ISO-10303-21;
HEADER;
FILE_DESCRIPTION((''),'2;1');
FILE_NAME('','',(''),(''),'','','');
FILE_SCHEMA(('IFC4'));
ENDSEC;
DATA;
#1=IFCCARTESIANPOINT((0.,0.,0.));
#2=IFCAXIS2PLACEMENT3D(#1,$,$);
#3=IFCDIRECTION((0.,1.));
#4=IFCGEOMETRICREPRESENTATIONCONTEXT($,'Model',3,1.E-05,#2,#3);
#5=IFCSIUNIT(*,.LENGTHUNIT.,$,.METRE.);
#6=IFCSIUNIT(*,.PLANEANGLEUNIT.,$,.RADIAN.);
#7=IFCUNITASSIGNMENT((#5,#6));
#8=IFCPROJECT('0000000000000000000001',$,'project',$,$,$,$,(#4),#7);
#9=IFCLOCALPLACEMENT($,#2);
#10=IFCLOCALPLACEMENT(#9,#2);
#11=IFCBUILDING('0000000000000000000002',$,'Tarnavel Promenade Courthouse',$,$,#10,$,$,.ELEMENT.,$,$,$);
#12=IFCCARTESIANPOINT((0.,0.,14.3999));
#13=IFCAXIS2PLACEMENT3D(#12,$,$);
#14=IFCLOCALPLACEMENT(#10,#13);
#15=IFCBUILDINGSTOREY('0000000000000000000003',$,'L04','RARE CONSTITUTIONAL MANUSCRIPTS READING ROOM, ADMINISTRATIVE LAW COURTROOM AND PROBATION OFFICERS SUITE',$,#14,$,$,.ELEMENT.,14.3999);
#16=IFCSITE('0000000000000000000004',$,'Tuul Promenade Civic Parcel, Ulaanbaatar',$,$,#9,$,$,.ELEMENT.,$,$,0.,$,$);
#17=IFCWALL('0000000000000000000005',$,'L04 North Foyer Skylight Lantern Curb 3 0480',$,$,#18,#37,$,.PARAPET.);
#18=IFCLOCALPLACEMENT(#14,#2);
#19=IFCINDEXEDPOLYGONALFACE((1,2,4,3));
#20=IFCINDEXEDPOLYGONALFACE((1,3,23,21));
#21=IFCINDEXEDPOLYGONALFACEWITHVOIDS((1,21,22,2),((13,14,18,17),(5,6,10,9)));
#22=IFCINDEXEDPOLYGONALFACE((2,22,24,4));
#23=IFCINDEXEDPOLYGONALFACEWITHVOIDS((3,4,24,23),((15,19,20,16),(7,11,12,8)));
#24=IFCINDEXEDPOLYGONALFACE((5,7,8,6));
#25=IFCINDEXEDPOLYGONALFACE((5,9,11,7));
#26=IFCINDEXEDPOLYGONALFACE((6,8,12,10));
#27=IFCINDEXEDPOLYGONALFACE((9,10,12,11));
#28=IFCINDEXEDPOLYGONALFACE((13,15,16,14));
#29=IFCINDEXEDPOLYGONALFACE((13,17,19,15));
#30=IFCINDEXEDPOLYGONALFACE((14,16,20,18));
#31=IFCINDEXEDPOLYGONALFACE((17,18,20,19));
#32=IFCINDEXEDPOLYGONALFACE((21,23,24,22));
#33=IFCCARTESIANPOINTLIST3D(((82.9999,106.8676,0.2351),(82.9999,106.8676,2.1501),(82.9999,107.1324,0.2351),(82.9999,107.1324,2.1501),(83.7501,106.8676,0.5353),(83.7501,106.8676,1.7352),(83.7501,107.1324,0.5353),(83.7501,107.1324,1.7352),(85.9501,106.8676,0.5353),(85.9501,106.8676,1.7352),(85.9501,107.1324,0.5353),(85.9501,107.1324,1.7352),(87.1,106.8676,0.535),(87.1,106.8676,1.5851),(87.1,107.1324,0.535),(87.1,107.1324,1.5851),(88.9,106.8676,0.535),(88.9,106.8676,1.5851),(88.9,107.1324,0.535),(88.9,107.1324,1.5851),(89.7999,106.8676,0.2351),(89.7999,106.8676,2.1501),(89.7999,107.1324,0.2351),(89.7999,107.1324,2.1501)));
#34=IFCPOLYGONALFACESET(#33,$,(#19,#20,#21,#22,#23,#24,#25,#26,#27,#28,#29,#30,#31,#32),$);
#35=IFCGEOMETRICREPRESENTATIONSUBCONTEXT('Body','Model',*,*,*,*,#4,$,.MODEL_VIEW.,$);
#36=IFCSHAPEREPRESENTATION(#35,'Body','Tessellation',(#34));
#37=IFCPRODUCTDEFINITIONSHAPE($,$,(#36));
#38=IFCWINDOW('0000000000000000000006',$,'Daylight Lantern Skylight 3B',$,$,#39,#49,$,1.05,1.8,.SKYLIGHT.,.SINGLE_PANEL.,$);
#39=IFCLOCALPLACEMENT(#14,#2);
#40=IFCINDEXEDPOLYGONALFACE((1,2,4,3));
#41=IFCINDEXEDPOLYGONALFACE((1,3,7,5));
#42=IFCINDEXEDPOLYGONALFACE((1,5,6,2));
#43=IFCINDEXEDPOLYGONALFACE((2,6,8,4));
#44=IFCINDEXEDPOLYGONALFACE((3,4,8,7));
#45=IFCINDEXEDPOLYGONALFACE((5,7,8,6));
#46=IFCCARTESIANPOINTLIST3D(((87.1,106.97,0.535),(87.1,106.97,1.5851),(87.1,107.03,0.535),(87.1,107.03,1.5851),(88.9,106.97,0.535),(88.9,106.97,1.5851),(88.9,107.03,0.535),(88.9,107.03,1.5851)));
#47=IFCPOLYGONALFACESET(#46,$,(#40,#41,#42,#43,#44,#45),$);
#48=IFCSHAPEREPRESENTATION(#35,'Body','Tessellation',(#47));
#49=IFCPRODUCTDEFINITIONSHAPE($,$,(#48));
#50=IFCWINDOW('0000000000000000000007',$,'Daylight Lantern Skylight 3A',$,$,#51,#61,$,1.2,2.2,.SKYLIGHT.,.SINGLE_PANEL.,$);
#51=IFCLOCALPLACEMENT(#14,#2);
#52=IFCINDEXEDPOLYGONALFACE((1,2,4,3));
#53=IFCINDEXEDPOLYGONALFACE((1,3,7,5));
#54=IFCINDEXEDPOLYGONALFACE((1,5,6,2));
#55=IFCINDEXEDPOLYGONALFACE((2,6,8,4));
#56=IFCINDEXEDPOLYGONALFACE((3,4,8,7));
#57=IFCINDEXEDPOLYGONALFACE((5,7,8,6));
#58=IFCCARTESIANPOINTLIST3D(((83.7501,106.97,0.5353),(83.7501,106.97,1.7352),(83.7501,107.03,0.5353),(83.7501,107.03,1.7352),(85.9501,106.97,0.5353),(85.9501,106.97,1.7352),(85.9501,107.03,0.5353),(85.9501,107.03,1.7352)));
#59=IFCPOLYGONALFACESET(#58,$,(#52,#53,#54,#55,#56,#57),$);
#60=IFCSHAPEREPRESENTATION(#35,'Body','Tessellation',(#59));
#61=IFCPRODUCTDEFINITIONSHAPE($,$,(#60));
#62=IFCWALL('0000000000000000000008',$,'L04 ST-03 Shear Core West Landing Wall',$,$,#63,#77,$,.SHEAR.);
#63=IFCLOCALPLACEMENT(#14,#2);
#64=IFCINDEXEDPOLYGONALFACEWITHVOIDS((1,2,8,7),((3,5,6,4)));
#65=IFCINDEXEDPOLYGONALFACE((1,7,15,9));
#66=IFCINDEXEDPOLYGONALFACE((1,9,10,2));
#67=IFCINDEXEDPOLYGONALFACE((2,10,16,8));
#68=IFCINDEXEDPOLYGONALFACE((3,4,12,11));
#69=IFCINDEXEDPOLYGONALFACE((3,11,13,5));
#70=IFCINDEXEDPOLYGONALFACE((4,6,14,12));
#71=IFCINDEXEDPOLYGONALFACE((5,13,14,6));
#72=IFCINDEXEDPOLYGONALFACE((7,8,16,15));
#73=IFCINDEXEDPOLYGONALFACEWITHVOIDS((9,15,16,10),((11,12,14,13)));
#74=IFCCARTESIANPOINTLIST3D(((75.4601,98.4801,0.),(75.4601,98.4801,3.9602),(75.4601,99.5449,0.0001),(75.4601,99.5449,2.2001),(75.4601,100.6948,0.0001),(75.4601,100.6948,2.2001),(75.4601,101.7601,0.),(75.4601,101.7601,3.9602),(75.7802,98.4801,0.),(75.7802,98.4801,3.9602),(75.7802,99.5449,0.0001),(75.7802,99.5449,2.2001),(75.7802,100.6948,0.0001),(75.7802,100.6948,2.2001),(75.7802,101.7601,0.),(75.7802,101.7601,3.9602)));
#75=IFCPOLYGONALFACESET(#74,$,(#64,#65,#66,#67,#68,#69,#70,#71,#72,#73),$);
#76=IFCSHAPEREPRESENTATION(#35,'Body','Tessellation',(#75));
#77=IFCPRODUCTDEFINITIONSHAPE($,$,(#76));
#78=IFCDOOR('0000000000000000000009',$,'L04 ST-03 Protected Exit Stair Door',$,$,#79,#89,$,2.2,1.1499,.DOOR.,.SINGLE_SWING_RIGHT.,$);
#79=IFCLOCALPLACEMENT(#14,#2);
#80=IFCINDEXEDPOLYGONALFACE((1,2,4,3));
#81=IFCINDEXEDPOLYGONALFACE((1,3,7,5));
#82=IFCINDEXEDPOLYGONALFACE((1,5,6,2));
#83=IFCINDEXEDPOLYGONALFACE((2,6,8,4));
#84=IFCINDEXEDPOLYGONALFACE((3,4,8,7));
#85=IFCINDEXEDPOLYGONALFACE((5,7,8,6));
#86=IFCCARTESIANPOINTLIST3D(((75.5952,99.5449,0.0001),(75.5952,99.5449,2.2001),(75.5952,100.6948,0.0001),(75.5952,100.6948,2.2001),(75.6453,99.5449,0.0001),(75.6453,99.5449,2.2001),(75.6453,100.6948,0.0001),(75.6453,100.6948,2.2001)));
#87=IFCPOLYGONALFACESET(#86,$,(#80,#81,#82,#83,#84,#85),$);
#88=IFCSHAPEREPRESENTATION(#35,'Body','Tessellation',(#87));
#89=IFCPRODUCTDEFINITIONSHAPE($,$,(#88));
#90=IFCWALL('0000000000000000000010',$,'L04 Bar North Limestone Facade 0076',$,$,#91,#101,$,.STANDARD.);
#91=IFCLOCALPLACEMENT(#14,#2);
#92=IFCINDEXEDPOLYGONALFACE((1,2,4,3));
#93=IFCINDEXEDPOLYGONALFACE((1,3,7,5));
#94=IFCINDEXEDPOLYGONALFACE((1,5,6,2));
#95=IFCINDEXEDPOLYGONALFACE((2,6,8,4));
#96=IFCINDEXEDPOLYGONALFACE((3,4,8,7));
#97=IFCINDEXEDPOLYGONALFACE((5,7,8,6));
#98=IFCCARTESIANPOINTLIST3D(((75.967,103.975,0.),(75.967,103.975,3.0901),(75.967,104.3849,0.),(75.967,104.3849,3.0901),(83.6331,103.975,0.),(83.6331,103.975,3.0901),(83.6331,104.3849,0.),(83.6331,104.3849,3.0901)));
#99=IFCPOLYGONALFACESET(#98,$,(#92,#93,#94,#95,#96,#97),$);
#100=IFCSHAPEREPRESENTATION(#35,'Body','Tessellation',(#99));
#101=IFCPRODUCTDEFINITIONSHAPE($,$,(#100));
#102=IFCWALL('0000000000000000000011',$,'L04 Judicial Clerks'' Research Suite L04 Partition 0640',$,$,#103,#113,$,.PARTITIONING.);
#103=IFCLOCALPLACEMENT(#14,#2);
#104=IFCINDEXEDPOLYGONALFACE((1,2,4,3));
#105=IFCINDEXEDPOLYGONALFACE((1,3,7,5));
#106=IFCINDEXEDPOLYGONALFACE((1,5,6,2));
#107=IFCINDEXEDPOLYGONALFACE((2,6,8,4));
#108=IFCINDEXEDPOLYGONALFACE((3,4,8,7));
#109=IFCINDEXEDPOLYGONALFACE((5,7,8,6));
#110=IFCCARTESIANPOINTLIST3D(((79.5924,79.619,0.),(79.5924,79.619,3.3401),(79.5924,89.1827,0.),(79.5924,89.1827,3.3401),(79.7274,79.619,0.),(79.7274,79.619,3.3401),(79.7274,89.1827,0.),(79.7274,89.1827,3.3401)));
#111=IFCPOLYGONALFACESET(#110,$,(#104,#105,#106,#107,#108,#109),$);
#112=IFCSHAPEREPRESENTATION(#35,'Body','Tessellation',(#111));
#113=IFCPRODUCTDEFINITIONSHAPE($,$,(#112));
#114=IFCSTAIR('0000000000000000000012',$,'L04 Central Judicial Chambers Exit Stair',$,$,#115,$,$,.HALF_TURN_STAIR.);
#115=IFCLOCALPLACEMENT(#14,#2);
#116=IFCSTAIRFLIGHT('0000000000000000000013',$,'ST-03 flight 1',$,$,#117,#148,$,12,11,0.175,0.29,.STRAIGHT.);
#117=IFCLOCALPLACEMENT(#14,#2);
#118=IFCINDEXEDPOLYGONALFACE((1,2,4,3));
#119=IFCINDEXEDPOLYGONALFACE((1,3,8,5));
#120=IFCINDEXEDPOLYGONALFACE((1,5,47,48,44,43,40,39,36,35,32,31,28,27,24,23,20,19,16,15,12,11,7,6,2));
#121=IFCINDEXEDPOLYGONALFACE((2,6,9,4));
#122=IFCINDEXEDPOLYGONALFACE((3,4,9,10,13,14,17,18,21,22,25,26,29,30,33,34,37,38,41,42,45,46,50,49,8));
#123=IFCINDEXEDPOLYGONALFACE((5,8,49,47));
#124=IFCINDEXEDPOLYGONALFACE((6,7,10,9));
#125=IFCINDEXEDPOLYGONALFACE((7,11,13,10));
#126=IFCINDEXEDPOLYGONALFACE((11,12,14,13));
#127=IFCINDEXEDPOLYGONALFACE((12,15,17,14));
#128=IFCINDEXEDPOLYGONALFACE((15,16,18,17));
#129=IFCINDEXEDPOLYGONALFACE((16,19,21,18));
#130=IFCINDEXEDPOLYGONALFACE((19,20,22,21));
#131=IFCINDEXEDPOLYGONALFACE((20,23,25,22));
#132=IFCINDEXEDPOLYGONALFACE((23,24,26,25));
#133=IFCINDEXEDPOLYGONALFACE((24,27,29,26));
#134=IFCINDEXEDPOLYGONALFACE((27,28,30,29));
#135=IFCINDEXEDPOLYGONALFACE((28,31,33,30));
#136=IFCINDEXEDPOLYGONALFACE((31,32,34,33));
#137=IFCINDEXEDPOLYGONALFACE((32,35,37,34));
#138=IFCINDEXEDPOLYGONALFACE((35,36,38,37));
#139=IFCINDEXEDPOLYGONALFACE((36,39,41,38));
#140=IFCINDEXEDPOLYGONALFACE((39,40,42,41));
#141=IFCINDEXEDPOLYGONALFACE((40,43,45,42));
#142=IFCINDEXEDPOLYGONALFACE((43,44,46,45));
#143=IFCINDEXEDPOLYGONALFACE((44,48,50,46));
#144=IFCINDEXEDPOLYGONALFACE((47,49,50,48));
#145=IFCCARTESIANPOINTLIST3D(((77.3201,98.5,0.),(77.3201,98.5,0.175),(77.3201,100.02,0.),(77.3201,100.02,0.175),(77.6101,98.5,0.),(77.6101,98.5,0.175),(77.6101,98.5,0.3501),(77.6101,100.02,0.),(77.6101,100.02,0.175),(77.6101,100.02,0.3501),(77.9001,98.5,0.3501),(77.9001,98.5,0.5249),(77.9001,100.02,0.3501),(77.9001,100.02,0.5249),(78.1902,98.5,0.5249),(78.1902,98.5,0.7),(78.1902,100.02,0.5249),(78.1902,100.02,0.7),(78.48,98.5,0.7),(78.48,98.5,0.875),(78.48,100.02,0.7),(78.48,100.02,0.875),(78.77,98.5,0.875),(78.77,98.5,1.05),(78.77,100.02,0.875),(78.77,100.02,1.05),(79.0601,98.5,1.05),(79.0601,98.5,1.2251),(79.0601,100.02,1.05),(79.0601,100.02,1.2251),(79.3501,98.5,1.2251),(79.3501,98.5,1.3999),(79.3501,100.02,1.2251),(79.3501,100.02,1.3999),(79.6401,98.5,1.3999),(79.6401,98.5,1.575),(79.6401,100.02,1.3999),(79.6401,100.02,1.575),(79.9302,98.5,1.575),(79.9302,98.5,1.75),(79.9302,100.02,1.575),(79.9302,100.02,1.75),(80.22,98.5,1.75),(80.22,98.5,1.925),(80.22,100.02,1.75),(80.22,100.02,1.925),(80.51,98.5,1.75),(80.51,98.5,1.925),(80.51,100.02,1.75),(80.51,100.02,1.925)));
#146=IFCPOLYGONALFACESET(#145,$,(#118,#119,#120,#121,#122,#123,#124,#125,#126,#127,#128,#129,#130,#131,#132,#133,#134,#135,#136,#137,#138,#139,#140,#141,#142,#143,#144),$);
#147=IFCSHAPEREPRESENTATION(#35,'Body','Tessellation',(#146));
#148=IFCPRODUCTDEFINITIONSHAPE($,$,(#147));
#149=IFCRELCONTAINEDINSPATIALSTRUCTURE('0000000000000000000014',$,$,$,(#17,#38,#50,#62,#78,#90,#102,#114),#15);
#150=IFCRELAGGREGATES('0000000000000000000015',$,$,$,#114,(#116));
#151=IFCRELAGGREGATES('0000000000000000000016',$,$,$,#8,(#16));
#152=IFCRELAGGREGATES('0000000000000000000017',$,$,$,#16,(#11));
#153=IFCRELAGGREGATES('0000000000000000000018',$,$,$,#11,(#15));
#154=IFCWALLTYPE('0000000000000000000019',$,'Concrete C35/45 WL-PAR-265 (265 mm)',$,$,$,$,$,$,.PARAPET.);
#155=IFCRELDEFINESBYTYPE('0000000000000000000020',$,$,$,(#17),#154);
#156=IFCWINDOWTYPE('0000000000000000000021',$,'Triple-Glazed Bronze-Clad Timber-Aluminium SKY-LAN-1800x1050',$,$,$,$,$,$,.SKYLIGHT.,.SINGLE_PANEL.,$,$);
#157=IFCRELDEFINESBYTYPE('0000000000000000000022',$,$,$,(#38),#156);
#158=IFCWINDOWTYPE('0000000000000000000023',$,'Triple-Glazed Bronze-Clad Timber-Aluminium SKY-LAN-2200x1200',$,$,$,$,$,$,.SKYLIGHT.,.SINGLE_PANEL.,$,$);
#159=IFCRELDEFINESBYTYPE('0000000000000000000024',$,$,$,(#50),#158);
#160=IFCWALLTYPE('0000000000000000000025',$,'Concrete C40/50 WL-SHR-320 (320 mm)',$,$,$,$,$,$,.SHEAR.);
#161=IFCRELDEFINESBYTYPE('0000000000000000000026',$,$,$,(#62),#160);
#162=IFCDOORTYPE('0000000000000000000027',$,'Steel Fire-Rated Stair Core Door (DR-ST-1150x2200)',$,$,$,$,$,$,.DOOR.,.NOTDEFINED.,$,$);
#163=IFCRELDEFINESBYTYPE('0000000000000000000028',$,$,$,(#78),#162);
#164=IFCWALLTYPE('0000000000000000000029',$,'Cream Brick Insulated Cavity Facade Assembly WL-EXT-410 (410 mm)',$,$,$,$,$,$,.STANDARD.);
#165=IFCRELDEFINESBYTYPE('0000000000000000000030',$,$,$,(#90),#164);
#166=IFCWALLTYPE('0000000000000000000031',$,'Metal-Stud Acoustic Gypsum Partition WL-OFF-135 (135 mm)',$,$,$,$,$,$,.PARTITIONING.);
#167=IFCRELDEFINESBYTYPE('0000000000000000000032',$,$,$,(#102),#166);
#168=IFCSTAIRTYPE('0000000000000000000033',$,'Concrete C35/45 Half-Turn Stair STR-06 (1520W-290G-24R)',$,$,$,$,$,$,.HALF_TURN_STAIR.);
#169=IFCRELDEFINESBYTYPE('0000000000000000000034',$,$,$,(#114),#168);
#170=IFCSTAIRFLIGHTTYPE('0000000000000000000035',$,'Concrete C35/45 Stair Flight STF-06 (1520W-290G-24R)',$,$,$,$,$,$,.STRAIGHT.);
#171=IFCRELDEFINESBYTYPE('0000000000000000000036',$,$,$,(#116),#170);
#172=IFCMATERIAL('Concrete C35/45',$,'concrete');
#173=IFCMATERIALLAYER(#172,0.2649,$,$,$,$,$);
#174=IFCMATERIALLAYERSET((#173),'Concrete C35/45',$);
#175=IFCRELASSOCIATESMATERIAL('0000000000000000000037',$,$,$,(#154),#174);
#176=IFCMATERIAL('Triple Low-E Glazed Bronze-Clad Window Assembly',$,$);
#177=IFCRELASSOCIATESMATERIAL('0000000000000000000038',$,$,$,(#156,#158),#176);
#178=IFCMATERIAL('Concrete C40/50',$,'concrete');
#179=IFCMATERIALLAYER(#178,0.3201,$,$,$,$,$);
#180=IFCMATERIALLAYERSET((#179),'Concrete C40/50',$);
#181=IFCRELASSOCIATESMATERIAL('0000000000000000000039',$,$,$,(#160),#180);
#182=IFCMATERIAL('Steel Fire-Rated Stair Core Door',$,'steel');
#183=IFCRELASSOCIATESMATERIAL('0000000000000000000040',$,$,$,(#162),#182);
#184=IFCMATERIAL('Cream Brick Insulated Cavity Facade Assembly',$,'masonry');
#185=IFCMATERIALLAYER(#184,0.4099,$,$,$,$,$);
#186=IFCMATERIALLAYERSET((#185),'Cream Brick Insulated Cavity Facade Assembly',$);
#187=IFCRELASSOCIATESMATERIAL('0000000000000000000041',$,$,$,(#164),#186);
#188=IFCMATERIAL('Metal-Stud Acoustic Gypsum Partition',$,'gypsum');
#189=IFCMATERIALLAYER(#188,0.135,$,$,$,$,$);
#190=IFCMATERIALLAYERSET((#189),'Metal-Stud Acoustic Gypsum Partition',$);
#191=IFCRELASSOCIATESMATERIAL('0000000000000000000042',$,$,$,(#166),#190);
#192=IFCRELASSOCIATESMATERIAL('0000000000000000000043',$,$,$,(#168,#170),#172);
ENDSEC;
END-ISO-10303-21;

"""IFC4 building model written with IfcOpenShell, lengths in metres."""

from ifc_helpers import new_model, si_unit, direction, frame, frame_2d, origin, place, context, subcontext, project, spatial, polyline, rectangle, outline, extrude, material, layer, layer_set, type_object, element, fill, aggregate, save


model = new_model("IFC4")

# Units and contexts
model_context = context("Model", 3, precision=1e-05, world=origin(), true_north=direction((0.0, 1.0)))
body_context = subcontext(model_context, "Body", "Model", "MODEL_VIEW")
ifc_project = project(units=[si_unit("LENGTHUNIT", "METRE"), si_unit("PLANEANGLEUNIT", "RADIAN")], contexts=[model_context])

# Site, building, storey
site_placement = place(None, origin())
site = spatial("IfcSite", under=ifc_project, at=site_placement, Name="Tuul Promenade Civic Parcel, Ulaanbaatar", CompositionType="ELEMENT", RefElevation=0.0)
building_placement = place(site_placement, origin())
building = spatial("IfcBuilding", under=site, at=building_placement, Name="Tarnavel Promenade Courthouse", CompositionType="ELEMENT")
storey_placement = place(building_placement, frame((0.0, 0.0, 14.3999)))
storey = spatial("IfcBuildingStorey", under=building, at=storey_placement, Name="L04", Description="RARE CONSTITUTIONAL MANUSCRIPTS READING ROOM, ADMINISTRATIVE LAW COURTROOM AND PROBATION OFFICERS SUITE", CompositionType="ELEMENT", Elevation=14.3999)

# Shared definitions
ifc_material_1 = material(Name="Concrete C40/50", Category="concrete")

# Wall, openings, windows
ifc_material_2 = material(Name="Concrete C35/45", Category="concrete")
ifc_layer_1 = layer(ifc_material_2, 0.2649)
ifc_layer_set_1 = layer_set([ifc_layer_1], Name="Concrete C35/45")
wall_type_1 = type_object("IfcWallType", Name="Concrete C35/45 WL-PAR-265 (265 mm)", PredefinedType="PARAPET", material=ifc_layer_set_1)
wall_1_placement = place(storey_placement, frame((83.0, 107.0, 0.2351), z_axis=(0.0, 0.0, 1.0), x_axis=(1.0, 0.0, 0.0)))
wall_1 = element("IfcWall", 1, at=wall_1_placement, inside=storey, type_object=wall_type_1, Name="L04 North Foyer Skylight Lantern Curb 3 0480", PredefinedType="PARAPET", context=body_context, shape_type="SweptSolid", body=[
    extrude(rectangle(XDim=6.8, YDim=0.2649, at=frame_2d((3.3999, 0.0))), origin(), (0.0, 0.0, 1.0), 1.915),
])
opening_1_placement = place(wall_1_placement, frame((0.75, 0.0, 0.3)))
opening_1 = element("IfcOpeningElement", 2, at=opening_1_placement, cuts=wall_1, PredefinedType="OPENING", context=body_context, shape_type="SweptSolid", body=[
    extrude(rectangle(XDim=2.2, YDim=1.2, at=frame_2d((1.1001, 0.6001))), frame((0.0, 0.1423, 0.0), z_axis=(0.0, -1.0, 0.0), x_axis=(1.0, 0.0, 0.0)), (0.0, 0.0, 1.0), 0.2849),
])
opening_2_placement = place(wall_1_placement, frame((4.1001, 0.0, 0.3)))
opening_2 = element("IfcOpeningElement", 3, at=opening_2_placement, cuts=wall_1, PredefinedType="OPENING", context=body_context, shape_type="SweptSolid", body=[
    extrude(rectangle(XDim=1.8, YDim=1.05, at=frame_2d((0.8999, 0.5249))), frame((0.0, 0.1423, 0.0), z_axis=(0.0, -1.0, 0.0), x_axis=(1.0, 0.0, 0.0)), (0.0, 0.0, 1.0), 0.2849),
])
ifc_material_3 = material(Name="Triple Low-E Glazed Bronze-Clad Window Assembly")
window_type_1 = type_object("IfcWindowType", Name="Triple-Glazed Bronze-Clad Timber-Aluminium SKY-LAN-1800x1050", PartitioningType="SINGLE_PANEL", PredefinedType="SKYLIGHT", material=ifc_material_3)
window_1_placement = place(opening_2_placement, origin())
window_1 = element("IfcWindow", 4, at=window_1_placement, inside=storey, type_object=window_type_1, Name="Daylight Lantern Skylight 3B", OverallHeight=1.05, OverallWidth=1.8, PartitioningType="SINGLE_PANEL", PredefinedType="SKYLIGHT", context=body_context, shape_type="SweptSolid", body=[
    extrude(rectangle(XDim=1.8, YDim=1.05, at=frame_2d((0.8999, 0.5249))), frame((0.0, 0.03, 0.0), z_axis=(0.0, -1.0, 0.0), x_axis=(1.0, 0.0, 0.0)), (0.0, 0.0, 1.0), 0.0601),
])
fill(opening_2, window_1)
window_type_2 = type_object("IfcWindowType", Name="Triple-Glazed Bronze-Clad Timber-Aluminium SKY-LAN-2200x1200", PartitioningType="SINGLE_PANEL", PredefinedType="SKYLIGHT", material=ifc_material_3)
window_2_placement = place(opening_1_placement, origin())
window_2 = element("IfcWindow", 5, at=window_2_placement, inside=storey, type_object=window_type_2, Name="Daylight Lantern Skylight 3A", OverallHeight=1.2, OverallWidth=2.2, PartitioningType="SINGLE_PANEL", PredefinedType="SKYLIGHT", context=body_context, shape_type="SweptSolid", body=[
    extrude(rectangle(XDim=2.2, YDim=1.2, at=frame_2d((1.1001, 0.6001))), frame((0.0, 0.03, 0.0), z_axis=(0.0, -1.0, 0.0), x_axis=(1.0, 0.0, 0.0)), (0.0, 0.0, 1.0), 0.0601),
])
fill(opening_1, window_2)

# Wall, opening, door
ifc_layer_2 = layer(ifc_material_1, 0.3201)
ifc_layer_set_2 = layer_set([ifc_layer_2], Name="Concrete C40/50")
wall_type_2 = type_object("IfcWallType", Name="Concrete C40/50 WL-SHR-320 (320 mm)", PredefinedType="SHEAR", material=ifc_layer_set_2)
wall_2_placement = place(storey_placement, frame((75.6201, 98.48, 0.0), z_axis=(0.0, 0.0, 1.0), x_axis=(0.0, 1.0, 0.0)))
wall_2 = element("IfcWall", 6, at=wall_2_placement, inside=storey, type_object=wall_type_2, Name="L04 ST-03 Shear Core West Landing Wall", PredefinedType="SHEAR", context=body_context, shape_type="SweptSolid", body=[
    extrude(rectangle(XDim=3.28, YDim=0.3201, at=frame_2d((1.6401, 0.0))), origin(), (0.0, 0.0, 1.0), 3.9602),
])
opening_3_placement = place(wall_2_placement, frame((1.0649, 0.0, 0.0)))
opening_3 = element("IfcOpeningElement", 7, at=opening_3_placement, cuts=wall_2, PredefinedType="OPENING", context=body_context, shape_type="SweptSolid", body=[
    extrude(rectangle(XDim=1.1499, YDim=2.2, at=frame_2d((0.575, 1.1001))), frame((0.0, 0.1699, 0.0), z_axis=(0.0, -1.0, 0.0), x_axis=(1.0, 0.0, 0.0)), (0.0, 0.0, 1.0), 0.3401),
])
ifc_material_4 = material(Name="Steel Fire-Rated Stair Core Door", Category="steel")
door_type_1 = type_object("IfcDoorType", Name="Steel Fire-Rated Stair Core Door (DR-ST-1150x2200)", OperationType="NOTDEFINED", PredefinedType="DOOR", material=ifc_material_4)
door_1_placement = place(opening_3_placement, origin())
door_1 = element("IfcDoor", 8, at=door_1_placement, inside=storey, type_object=door_type_1, Name="L04 ST-03 Protected Exit Stair Door", OperationType="SINGLE_SWING_RIGHT", OverallHeight=2.2, OverallWidth=1.1499, PredefinedType="DOOR", context=body_context, shape_type="SweptSolid", body=[
    extrude(rectangle(XDim=1.1499, YDim=2.2, at=frame_2d((0.575, 1.1001))), frame((0.0, 0.0249, 0.0), z_axis=(0.0, -1.0, 0.0), x_axis=(1.0, 0.0, 0.0)), (0.0, 0.0, 1.0), 0.05),
])
fill(opening_3, door_1)

# Walls
ifc_material_5 = material(Name="Cream Brick Insulated Cavity Facade Assembly", Category="masonry")
ifc_layer_3 = layer(ifc_material_5, 0.4099)
ifc_layer_set_3 = layer_set([ifc_layer_3], Name="Cream Brick Insulated Cavity Facade Assembly")
wall_type_3 = type_object("IfcWallType", Name="Cream Brick Insulated Cavity Facade Assembly WL-EXT-410 (410 mm)", PredefinedType="STANDARD", material=ifc_layer_set_3)
wall_3_placement = place(storey_placement, frame((75.967, 104.1799, 0.0), z_axis=(0.0, 0.0, 1.0), x_axis=(1.0, 0.0, 0.0)))
element("IfcWall", 9, at=wall_3_placement, inside=storey, type_object=wall_type_3, Name="L04 Bar North Limestone Facade 0076", PredefinedType="STANDARD", context=body_context, shape_type="SweptSolid", body=[
    extrude(rectangle(XDim=7.666, YDim=0.4099, at=frame_2d((3.833, 0.0))), origin(), (0.0, 0.0, 1.0), 3.0901),
])
ifc_material_6 = material(Name="Metal-Stud Acoustic Gypsum Partition", Category="gypsum")
ifc_layer_4 = layer(ifc_material_6, 0.135)
ifc_layer_set_4 = layer_set([ifc_layer_4], Name="Metal-Stud Acoustic Gypsum Partition")
wall_type_4 = type_object("IfcWallType", Name="Metal-Stud Acoustic Gypsum Partition WL-OFF-135 (135 mm)", PredefinedType="PARTITIONING", material=ifc_layer_set_4)
wall_4_placement = place(storey_placement, frame((79.6599, 89.1826, 0.0), z_axis=(0.0, 0.0, 1.0), x_axis=(0.0, -1.0, 0.0)))
element("IfcWall", 10, at=wall_4_placement, inside=storey, type_object=wall_type_4, Name="L04 Judicial Clerks' Research Suite L04 Partition 0640", PredefinedType="PARTITIONING", context=body_context, shape_type="SweptSolid", body=[
    extrude(rectangle(XDim=9.5637, YDim=0.135, at=frame_2d((4.7817, 0.0))), origin(), (0.0, 0.0, 1.0), 3.3401),
])

# Stair, stair flight
stair_type = type_object("IfcStairType", Name="Concrete C35/45 Half-Turn Stair STR-06 (1520W-290G-24R)", PredefinedType="HALF_TURN_STAIR", material=ifc_material_2)
stair_placement = place(storey_placement, origin())
stair = element("IfcStair", 11, at=stair_placement, inside=storey, type_object=stair_type, Name="L04 Central Judicial Chambers Exit Stair", PredefinedType="HALF_TURN_STAIR")
stair_flight_type = type_object("IfcStairFlightType", Name="Concrete C35/45 Stair Flight STF-06 (1520W-290G-24R)", PredefinedType="STRAIGHT", material=ifc_material_2)
stair_flight_1_placement = place(storey_placement, frame((77.3201, 99.26, 0.0), z_axis=(0.0, 0.0, 1.0), x_axis=(1.0, 0.0, 0.0)))
stair_flight_1 = element("IfcStairFlight", 12, at=stair_flight_1_placement, type_object=stair_flight_type, Name="ST-03 flight 1", NumberOfRisers=12, NumberOfTreads=11, PredefinedType="STRAIGHT", RiserHeight=0.175, TreadLength=0.29, context=body_context, shape_type="SweptSolid", body=[
    extrude(outline(polyline([(0.0, 0.0), (0.0, 0.175), (0.29, 0.175), (0.29, 0.3501), (0.5801, 0.3501), (0.5801, 0.5249), (0.8701, 0.5249), (0.8701, 0.7), (1.1599, 0.7), (1.1599, 0.875), (1.45, 0.875), (1.45, 1.05), (1.74, 1.05), (1.74, 1.2251), (2.03, 1.2251), (2.03, 1.3999), (2.3201, 1.3999), (2.3201, 1.575), (2.6101, 1.575), (2.6101, 1.75), (2.8999, 1.75), (2.8999, 1.925), (3.1899, 1.925), (3.1899, 2.1001), (3.1899, 1.75), (0.29, 0.0), (0.0, 0.0)])), frame((0.0, 0.76, 0.0), z_axis=(0.0, -1.0, 0.0), x_axis=(1.0, 0.0, 0.0)), (0.0, 0.0, 1.0), 1.52),
])
aggregate(stair, [stair_flight_1])

save(model, "model.ifc")
